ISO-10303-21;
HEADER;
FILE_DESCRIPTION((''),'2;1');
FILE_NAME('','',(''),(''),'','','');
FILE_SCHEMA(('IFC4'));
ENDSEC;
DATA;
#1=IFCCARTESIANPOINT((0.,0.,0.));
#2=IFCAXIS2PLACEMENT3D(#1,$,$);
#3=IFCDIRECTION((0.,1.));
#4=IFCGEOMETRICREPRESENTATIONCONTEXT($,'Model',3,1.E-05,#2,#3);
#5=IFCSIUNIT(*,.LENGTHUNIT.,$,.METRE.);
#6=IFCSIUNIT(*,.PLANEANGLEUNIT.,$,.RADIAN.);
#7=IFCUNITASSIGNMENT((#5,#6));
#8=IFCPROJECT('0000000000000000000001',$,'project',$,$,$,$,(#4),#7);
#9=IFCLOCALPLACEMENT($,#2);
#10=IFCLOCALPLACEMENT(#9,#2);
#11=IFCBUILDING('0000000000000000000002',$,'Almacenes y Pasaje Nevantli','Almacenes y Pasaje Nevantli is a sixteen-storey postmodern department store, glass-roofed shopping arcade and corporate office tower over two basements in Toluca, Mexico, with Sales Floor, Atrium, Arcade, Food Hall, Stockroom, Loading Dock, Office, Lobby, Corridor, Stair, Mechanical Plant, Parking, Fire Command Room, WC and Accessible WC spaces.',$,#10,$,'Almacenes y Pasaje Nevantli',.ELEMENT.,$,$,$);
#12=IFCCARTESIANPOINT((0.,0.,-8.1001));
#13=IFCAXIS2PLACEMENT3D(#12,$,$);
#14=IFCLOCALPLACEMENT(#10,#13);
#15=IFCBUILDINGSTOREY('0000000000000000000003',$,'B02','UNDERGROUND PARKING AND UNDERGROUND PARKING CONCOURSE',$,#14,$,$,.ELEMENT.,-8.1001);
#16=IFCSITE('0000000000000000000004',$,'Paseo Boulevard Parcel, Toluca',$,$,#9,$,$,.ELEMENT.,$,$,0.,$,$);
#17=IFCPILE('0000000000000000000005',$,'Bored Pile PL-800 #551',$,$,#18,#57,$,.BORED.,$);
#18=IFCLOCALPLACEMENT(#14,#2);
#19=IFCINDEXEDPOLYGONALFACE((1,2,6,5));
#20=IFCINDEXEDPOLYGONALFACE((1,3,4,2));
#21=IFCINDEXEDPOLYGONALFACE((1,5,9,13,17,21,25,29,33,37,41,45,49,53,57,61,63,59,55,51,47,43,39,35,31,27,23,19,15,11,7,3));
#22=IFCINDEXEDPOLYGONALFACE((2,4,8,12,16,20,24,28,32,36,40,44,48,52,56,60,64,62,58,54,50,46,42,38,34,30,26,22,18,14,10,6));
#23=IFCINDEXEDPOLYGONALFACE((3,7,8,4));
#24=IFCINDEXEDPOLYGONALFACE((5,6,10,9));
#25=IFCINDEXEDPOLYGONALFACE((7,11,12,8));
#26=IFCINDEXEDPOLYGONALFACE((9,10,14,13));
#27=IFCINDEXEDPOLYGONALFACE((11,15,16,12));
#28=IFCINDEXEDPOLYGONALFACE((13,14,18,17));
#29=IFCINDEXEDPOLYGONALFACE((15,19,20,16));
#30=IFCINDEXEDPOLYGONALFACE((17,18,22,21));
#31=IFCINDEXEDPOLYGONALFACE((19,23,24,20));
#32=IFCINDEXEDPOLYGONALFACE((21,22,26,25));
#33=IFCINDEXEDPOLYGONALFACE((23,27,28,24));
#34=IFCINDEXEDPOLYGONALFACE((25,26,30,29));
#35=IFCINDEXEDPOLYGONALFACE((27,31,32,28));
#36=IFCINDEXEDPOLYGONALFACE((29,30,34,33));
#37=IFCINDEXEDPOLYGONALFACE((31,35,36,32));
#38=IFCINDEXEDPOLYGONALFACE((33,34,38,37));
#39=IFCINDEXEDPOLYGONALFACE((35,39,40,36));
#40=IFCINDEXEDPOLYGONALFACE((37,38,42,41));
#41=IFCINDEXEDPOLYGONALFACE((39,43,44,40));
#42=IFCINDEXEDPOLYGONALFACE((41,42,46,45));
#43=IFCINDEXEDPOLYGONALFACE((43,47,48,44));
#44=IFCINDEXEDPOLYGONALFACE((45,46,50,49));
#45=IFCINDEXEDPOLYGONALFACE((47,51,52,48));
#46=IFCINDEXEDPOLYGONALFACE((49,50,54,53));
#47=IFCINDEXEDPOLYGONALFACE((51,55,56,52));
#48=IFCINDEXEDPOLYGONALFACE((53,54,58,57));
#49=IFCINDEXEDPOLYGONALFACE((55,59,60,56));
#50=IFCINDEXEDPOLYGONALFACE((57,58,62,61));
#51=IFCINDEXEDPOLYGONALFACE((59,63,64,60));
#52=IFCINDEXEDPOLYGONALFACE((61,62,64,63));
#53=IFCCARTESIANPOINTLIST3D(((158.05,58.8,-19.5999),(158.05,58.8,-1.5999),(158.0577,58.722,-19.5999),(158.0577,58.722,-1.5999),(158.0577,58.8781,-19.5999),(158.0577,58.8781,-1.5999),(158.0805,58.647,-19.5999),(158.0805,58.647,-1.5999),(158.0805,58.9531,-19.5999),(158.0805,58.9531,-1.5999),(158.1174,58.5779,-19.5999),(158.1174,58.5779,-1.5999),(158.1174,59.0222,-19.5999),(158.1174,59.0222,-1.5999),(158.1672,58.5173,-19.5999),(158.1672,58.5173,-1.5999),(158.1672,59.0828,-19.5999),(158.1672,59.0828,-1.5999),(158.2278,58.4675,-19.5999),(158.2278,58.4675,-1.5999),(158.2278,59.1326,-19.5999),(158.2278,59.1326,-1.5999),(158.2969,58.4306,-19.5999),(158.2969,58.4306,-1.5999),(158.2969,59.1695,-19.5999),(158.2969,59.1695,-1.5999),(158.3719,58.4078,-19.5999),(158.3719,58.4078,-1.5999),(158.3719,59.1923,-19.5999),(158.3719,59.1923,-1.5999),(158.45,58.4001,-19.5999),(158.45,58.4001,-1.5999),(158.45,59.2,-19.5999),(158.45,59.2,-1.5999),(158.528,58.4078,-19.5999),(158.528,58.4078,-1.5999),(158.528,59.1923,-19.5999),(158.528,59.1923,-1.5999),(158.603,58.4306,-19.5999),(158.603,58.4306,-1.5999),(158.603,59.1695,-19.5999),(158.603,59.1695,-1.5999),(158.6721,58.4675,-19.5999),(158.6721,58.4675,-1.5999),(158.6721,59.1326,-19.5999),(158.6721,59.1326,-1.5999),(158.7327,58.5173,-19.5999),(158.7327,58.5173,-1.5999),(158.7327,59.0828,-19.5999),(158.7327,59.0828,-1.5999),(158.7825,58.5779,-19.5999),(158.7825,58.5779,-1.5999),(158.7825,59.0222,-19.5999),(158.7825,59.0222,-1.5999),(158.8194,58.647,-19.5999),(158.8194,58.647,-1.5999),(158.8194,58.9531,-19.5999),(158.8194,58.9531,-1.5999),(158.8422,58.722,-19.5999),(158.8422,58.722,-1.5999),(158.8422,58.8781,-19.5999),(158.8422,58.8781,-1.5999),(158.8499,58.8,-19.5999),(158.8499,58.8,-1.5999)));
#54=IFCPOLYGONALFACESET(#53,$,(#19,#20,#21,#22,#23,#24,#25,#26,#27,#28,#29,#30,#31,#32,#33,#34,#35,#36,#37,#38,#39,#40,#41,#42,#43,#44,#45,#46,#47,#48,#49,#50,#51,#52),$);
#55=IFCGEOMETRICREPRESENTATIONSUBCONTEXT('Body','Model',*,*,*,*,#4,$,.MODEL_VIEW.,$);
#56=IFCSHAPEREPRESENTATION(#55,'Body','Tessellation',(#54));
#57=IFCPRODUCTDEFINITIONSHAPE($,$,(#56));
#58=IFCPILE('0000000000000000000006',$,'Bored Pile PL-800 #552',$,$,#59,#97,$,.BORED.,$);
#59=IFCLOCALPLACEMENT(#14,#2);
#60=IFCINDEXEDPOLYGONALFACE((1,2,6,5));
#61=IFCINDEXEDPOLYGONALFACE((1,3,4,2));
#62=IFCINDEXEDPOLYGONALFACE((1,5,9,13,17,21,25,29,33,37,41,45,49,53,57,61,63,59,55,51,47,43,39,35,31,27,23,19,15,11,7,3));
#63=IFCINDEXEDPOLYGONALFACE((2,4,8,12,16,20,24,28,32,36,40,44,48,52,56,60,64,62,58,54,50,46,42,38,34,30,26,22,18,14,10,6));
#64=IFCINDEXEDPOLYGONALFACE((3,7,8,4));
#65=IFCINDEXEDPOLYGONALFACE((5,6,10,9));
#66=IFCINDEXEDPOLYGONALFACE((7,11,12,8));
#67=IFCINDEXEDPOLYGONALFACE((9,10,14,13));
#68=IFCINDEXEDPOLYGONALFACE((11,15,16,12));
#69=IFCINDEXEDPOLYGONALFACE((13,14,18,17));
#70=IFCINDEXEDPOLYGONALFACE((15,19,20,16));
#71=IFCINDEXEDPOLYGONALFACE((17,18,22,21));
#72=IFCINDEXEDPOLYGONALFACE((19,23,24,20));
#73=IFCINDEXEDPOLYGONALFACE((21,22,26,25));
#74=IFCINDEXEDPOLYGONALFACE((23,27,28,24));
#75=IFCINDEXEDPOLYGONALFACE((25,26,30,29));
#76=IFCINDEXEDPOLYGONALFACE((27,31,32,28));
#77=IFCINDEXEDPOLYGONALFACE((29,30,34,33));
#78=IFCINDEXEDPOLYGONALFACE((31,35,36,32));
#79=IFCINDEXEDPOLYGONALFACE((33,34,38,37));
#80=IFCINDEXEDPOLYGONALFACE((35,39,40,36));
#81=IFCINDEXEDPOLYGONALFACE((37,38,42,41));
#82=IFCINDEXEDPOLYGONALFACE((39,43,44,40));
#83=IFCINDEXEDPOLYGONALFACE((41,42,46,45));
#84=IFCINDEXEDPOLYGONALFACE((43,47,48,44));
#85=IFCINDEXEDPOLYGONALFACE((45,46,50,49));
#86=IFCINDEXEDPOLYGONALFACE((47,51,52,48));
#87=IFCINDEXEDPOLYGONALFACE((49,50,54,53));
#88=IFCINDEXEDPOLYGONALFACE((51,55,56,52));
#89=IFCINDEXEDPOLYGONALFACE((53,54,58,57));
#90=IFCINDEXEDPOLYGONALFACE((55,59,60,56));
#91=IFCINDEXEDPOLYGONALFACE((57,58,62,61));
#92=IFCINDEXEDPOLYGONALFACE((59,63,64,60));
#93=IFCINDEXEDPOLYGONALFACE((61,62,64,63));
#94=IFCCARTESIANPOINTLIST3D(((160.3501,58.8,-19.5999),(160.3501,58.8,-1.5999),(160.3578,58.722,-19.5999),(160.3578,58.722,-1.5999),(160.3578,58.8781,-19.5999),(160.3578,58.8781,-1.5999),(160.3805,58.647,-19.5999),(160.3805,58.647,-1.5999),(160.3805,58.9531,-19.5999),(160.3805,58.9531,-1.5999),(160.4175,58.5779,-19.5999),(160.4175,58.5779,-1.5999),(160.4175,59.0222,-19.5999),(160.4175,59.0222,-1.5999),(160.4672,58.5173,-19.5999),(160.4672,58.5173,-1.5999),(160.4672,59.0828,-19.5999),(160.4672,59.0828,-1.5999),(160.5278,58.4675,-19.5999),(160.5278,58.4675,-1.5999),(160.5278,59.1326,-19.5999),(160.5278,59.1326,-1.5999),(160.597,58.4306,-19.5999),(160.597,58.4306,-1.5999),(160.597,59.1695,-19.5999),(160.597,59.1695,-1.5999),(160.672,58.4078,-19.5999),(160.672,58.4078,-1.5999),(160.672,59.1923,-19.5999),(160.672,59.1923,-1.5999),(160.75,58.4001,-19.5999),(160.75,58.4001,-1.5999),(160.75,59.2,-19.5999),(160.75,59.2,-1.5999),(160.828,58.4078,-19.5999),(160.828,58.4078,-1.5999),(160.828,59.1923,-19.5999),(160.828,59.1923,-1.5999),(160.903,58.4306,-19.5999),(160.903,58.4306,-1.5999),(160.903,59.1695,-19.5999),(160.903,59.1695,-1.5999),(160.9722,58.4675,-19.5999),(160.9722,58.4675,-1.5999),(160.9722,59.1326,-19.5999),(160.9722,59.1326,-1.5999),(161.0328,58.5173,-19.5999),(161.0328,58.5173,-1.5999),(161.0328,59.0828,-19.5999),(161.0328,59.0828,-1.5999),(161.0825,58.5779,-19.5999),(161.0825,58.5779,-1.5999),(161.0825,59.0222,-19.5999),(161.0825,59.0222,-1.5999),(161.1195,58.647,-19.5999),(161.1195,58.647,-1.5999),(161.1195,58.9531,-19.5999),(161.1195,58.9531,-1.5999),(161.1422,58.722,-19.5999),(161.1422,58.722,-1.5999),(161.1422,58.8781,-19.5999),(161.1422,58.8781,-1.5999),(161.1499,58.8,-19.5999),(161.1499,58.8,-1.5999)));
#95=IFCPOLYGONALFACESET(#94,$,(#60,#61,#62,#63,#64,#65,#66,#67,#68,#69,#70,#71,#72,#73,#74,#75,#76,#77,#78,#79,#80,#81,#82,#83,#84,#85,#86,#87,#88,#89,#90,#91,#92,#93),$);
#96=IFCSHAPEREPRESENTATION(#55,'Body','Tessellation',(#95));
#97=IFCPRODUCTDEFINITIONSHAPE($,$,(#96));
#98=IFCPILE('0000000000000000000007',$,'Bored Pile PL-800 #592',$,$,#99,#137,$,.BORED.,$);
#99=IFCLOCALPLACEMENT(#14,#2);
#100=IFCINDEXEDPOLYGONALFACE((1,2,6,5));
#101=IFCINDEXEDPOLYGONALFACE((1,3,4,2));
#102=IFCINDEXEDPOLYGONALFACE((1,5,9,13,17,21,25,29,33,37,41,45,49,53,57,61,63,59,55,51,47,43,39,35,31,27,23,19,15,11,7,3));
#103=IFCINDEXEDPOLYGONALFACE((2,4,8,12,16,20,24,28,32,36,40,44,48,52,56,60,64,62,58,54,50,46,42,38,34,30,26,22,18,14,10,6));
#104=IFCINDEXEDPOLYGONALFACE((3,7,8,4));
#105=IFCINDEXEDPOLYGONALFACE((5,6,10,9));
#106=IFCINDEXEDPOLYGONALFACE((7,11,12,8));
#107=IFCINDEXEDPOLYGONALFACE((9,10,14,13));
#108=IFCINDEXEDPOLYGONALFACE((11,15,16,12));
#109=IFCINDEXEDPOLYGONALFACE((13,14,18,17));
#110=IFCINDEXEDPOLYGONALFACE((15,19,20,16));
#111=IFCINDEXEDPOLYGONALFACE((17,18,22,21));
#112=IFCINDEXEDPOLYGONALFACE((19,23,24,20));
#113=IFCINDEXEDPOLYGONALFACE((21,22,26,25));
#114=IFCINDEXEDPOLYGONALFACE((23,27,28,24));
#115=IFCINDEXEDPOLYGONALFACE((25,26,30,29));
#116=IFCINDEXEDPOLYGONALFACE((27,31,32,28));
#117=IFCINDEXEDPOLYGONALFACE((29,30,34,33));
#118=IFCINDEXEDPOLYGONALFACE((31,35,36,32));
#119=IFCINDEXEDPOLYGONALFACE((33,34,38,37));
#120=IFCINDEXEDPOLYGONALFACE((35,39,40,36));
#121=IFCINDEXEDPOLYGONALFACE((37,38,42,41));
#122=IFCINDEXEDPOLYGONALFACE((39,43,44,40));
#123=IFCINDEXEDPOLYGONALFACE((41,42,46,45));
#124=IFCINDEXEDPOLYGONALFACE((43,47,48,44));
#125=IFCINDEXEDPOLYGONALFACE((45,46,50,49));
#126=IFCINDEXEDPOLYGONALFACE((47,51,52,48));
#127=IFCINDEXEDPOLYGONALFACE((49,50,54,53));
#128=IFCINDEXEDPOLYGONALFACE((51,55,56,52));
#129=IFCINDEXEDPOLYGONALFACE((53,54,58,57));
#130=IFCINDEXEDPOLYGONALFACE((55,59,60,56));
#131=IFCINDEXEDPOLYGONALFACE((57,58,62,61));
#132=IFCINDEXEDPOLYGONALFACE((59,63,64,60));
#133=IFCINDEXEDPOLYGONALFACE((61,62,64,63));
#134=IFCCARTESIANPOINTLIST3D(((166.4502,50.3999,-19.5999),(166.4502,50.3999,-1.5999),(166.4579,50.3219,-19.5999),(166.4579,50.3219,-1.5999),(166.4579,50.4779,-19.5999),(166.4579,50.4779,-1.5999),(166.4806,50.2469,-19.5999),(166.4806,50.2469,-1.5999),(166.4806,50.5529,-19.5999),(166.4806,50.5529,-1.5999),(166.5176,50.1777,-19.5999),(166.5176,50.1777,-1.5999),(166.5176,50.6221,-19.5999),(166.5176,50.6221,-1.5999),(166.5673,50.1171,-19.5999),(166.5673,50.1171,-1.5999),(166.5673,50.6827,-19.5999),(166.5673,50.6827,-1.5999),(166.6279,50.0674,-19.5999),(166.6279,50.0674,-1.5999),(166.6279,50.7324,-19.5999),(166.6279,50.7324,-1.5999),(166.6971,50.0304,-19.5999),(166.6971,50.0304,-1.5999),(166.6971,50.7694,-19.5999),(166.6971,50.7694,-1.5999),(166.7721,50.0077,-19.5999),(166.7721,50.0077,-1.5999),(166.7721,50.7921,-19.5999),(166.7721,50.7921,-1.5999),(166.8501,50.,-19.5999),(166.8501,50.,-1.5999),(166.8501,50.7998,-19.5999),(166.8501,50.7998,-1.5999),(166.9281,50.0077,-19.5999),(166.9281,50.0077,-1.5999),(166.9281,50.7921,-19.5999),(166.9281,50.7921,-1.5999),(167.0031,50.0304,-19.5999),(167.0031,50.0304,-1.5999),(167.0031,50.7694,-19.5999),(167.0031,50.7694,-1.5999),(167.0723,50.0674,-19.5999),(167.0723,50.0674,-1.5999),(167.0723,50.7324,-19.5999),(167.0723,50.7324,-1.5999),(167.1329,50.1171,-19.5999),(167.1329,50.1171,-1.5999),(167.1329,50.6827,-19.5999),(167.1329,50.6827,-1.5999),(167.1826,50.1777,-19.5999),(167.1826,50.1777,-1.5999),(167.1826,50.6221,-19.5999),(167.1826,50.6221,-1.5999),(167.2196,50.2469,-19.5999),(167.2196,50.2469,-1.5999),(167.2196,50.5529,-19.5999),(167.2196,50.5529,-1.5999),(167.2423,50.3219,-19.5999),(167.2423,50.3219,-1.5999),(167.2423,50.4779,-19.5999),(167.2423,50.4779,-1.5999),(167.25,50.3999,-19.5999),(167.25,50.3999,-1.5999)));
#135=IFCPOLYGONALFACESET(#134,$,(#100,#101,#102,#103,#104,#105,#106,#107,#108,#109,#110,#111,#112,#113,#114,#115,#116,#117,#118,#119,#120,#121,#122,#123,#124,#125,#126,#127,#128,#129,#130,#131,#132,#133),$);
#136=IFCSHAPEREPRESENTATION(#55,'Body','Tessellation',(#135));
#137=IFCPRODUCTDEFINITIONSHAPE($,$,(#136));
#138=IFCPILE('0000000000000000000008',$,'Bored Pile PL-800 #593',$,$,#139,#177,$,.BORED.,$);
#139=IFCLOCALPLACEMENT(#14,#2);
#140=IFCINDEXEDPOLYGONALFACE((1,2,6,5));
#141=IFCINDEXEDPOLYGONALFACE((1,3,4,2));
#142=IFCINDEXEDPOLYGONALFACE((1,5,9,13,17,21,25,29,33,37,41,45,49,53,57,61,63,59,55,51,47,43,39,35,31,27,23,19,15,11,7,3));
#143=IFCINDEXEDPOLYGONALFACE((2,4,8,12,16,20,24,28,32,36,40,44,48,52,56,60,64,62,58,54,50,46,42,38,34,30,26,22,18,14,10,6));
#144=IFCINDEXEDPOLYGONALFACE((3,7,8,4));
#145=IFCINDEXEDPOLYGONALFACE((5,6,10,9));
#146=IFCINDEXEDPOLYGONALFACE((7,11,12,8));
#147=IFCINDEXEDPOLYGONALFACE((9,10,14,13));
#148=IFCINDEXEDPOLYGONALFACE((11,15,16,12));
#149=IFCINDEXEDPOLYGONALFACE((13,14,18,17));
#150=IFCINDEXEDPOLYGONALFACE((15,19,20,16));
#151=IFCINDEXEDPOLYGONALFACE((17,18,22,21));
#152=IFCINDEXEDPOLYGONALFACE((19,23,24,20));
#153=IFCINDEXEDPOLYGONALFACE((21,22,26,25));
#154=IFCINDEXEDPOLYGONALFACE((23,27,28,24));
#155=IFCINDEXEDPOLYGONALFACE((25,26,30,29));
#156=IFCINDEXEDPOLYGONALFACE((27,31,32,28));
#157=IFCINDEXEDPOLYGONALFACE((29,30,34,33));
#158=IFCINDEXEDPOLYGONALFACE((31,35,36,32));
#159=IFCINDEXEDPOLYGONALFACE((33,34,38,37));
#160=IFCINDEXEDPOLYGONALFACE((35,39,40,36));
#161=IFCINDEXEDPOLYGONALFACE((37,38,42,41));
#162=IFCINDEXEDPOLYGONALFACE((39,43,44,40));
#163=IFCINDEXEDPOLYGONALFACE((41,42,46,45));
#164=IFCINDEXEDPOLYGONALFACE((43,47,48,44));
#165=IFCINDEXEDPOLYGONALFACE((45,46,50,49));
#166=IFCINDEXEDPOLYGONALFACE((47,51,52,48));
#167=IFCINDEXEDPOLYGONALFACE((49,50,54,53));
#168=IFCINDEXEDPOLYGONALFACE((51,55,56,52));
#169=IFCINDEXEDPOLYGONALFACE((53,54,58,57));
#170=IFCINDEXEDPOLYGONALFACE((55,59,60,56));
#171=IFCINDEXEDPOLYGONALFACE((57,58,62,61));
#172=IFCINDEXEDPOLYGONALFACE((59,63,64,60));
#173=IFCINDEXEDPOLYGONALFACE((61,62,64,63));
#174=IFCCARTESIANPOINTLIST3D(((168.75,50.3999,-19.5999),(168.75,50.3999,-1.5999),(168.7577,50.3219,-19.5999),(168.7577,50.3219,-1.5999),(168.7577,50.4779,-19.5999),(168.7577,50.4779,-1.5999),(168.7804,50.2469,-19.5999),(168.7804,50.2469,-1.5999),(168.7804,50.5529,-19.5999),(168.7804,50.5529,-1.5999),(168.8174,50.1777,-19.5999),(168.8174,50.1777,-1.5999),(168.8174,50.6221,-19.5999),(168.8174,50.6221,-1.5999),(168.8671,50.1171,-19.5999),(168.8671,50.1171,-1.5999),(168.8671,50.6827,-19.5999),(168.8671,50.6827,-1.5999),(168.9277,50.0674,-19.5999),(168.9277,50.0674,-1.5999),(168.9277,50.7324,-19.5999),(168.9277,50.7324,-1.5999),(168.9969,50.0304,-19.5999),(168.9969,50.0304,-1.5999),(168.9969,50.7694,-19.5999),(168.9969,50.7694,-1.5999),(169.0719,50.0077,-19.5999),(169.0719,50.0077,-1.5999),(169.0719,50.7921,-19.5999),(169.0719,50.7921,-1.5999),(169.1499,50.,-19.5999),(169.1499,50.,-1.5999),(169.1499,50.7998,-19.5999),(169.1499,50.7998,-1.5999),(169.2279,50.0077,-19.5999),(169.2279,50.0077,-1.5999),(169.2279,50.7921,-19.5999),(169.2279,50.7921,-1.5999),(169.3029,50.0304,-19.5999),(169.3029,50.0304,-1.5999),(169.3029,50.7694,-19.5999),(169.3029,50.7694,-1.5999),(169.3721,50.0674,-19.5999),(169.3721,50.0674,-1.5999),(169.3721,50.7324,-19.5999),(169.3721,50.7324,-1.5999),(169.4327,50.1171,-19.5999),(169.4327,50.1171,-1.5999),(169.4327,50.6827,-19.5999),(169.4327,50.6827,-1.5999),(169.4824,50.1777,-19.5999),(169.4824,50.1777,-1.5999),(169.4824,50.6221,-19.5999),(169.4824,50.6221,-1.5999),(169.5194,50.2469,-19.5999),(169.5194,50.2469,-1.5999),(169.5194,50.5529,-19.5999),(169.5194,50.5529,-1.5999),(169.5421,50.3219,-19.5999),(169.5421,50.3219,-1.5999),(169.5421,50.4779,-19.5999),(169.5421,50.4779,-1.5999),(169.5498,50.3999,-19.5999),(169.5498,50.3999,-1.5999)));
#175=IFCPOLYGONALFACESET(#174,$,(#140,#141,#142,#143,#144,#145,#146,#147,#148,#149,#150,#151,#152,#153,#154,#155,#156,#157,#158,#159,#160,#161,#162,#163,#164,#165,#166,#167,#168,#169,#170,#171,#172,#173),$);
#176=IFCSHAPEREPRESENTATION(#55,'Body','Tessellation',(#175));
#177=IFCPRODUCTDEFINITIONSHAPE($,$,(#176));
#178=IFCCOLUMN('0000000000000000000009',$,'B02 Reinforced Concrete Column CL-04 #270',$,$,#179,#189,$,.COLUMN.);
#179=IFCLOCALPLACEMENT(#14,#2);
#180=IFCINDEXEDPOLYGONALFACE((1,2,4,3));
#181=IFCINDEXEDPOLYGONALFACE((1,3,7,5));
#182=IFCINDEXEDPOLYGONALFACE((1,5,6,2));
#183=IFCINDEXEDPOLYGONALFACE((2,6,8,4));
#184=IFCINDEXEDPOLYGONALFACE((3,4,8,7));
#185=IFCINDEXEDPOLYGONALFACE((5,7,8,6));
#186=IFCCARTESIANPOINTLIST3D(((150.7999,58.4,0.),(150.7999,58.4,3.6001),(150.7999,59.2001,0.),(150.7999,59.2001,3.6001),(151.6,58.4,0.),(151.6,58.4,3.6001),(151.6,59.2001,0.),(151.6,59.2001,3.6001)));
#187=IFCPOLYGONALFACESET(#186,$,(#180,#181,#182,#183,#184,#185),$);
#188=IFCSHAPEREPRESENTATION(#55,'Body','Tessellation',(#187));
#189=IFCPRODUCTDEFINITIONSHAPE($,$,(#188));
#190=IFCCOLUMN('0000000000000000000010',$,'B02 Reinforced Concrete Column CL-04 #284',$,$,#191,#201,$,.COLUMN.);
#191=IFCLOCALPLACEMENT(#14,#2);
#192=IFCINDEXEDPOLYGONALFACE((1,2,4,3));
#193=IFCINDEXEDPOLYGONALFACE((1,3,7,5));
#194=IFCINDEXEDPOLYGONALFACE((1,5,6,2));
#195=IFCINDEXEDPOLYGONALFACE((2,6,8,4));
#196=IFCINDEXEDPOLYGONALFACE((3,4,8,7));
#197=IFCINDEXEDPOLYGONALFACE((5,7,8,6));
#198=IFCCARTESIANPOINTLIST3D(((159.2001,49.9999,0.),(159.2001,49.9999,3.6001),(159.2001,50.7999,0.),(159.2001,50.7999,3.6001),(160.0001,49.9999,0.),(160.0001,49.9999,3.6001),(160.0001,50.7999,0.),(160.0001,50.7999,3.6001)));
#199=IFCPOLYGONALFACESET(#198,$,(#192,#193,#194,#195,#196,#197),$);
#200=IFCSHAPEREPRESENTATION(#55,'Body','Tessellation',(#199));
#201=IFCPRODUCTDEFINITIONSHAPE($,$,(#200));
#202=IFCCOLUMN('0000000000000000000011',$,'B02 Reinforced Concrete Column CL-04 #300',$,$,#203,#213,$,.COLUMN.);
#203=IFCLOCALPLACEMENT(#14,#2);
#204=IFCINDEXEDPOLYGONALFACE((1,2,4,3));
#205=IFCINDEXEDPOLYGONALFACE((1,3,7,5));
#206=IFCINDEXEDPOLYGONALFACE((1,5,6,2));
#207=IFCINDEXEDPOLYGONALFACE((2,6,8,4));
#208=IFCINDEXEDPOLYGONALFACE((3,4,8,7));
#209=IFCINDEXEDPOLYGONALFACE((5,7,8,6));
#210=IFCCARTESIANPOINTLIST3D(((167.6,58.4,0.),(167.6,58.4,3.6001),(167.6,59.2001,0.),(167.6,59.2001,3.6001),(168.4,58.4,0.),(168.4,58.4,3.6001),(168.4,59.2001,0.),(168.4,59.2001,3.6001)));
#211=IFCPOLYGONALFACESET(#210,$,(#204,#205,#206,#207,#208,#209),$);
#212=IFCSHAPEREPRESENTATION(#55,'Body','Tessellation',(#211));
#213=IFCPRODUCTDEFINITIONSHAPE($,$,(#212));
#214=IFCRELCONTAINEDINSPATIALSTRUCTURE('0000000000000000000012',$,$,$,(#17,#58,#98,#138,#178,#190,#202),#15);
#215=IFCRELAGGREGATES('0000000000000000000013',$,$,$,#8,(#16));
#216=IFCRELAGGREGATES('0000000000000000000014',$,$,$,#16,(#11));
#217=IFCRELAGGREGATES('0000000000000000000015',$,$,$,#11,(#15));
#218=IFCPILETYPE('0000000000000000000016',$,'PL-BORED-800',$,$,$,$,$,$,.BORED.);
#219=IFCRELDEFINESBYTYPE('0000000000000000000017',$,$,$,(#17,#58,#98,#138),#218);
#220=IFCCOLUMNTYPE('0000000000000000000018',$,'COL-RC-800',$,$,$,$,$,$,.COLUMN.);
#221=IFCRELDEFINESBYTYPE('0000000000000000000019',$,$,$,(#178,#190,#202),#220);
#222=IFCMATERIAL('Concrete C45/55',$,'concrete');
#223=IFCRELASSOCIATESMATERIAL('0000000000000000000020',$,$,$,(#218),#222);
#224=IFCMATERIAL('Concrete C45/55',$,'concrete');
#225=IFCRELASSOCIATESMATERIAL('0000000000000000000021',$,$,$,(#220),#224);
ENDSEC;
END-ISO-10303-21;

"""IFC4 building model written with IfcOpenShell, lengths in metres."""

from ifc_helpers import new_model, si_unit, direction, frame, origin, origin_2d, place, context, subcontext, project, spatial, rectangle, circle, extrude, material, material_profile, profile_set, type_object, element, save


model = new_model("IFC4")

# Units and contexts
model_context = context("Model", 3, precision=1e-05, world=origin(), true_north=direction((0.0, 1.0)))
body_context = subcontext(model_context, "Body", "Model", "MODEL_VIEW")
ifc_project = project(units=[si_unit("LENGTHUNIT", "METRE"), si_unit("PLANEANGLEUNIT", "RADIAN")], contexts=[model_context])

# Site, building, storey
site_placement = place(None, origin())
site = spatial("IfcSite", under=ifc_project, at=site_placement, Name="Paseo Boulevard Parcel, Toluca", CompositionType="ELEMENT", RefElevation=0.0)
building_placement = place(site_placement, origin())
building = spatial("IfcBuilding", under=site, at=building_placement, Name="Almacenes y Pasaje Nevantli", Description="Almacenes y Pasaje Nevantli is a sixteen-storey postmodern department store, glass-roofed shopping arcade and corporate office tower over two basements in Toluca, Mexico, with Sales Floor, Atrium, Arcade, Food Hall, Stockroom, Loading Dock, Office, Lobby, Corridor, Stair, Mechanical Plant, Parking, Fire Command Room, WC and Accessible WC spaces.", LongName="Almacenes y Pasaje Nevantli", CompositionType="ELEMENT")
storey_placement = place(building_placement, frame((0.0, 0.0, -8.1001)))
storey = spatial("IfcBuildingStorey", under=building, at=storey_placement, Name="B02", Description="UNDERGROUND PARKING AND UNDERGROUND PARKING CONCOURSE", CompositionType="ELEMENT", Elevation=-8.1001)

# Piles
ifc_material_1 = material(Name="Concrete C45/55", Category="concrete")
ifc_material_profile_1 = material_profile(ifc_material_1, circle(Radius=0.3999, at=origin_2d()), Name="RC-PILE-D800")
ifc_profile_set_1 = profile_set([ifc_material_profile_1], Name="Concrete C45/55")
pile_type_1 = type_object("IfcPileType", Name="PL-BORED-800", PredefinedType="BORED", material=ifc_profile_set_1)
for number, where, z_axis, x_axis, name in (
    (1, (158.45, 58.8, -1.5999), (0.0, 0.0, -1.0), (1.0, 0.0, 0.0), "Bored Pile PL-800 #551"),
    (2, (160.75, 58.8, -1.5999), (0.0, 0.0, -1.0), (1.0, 0.0, 0.0), "Bored Pile PL-800 #552"),
    (3, (166.8501, 50.3999, -1.5999), (0.0, 0.0, -1.0), (1.0, 0.0, 0.0), "Bored Pile PL-800 #592"),
    (4, (169.1499, 50.3999, -1.5999), (0.0, 0.0, -1.0), (1.0, 0.0, 0.0), "Bored Pile PL-800 #593"),
):
    element("IfcPile", number, at=place(storey_placement, frame(where, z_axis=z_axis, x_axis=x_axis)), inside=storey, type_object=pile_type_1, Name=name, PredefinedType="BORED", context=body_context, shape_type="SweptSolid", body=[
        extrude(circle(Radius=0.3999, at=origin_2d()), origin(), (0.0, 0.0, 1.0), 18.0),
    ])

# Columns
ifc_material_2 = material(Name="Concrete C45/55", Category="concrete")
ifc_material_profile_2 = material_profile(ifc_material_2, rectangle(XDim=0.8, YDim=0.8, at=origin_2d()), Name="RC-COL-800x800")
ifc_profile_set_2 = profile_set([ifc_material_profile_2], Name="Concrete C45/55")
column_type_1 = type_object("IfcColumnType", Name="COL-RC-800", PredefinedType="COLUMN", material=ifc_profile_set_2)
for number, where, z_axis, x_axis, name in (
    (5, (151.2, 58.8, 0.0), (0.0, 0.0, 1.0), (1.0, 0.0, 0.0), "B02 Reinforced Concrete Column CL-04 #270"),
    (6, (159.6001, 50.3999, 0.0), (0.0, 0.0, 1.0), (1.0, 0.0, 0.0), "B02 Reinforced Concrete Column CL-04 #284"),
    (7, (168.0, 58.8, 0.0), (0.0, 0.0, 1.0), (1.0, 0.0, 0.0), "B02 Reinforced Concrete Column CL-04 #300"),
):
    element("IfcColumn", number, at=place(storey_placement, frame(where, z_axis=z_axis, x_axis=x_axis)), inside=storey, type_object=column_type_1, Name=name, PredefinedType="COLUMN", context=body_context, shape_type="SweptSolid", body=[
        extrude(rectangle(XDim=0.8, YDim=0.8, at=origin_2d()), origin(), (0.0, 0.0, 1.0), 3.6001),
    ])

save(model, "model.ifc")
